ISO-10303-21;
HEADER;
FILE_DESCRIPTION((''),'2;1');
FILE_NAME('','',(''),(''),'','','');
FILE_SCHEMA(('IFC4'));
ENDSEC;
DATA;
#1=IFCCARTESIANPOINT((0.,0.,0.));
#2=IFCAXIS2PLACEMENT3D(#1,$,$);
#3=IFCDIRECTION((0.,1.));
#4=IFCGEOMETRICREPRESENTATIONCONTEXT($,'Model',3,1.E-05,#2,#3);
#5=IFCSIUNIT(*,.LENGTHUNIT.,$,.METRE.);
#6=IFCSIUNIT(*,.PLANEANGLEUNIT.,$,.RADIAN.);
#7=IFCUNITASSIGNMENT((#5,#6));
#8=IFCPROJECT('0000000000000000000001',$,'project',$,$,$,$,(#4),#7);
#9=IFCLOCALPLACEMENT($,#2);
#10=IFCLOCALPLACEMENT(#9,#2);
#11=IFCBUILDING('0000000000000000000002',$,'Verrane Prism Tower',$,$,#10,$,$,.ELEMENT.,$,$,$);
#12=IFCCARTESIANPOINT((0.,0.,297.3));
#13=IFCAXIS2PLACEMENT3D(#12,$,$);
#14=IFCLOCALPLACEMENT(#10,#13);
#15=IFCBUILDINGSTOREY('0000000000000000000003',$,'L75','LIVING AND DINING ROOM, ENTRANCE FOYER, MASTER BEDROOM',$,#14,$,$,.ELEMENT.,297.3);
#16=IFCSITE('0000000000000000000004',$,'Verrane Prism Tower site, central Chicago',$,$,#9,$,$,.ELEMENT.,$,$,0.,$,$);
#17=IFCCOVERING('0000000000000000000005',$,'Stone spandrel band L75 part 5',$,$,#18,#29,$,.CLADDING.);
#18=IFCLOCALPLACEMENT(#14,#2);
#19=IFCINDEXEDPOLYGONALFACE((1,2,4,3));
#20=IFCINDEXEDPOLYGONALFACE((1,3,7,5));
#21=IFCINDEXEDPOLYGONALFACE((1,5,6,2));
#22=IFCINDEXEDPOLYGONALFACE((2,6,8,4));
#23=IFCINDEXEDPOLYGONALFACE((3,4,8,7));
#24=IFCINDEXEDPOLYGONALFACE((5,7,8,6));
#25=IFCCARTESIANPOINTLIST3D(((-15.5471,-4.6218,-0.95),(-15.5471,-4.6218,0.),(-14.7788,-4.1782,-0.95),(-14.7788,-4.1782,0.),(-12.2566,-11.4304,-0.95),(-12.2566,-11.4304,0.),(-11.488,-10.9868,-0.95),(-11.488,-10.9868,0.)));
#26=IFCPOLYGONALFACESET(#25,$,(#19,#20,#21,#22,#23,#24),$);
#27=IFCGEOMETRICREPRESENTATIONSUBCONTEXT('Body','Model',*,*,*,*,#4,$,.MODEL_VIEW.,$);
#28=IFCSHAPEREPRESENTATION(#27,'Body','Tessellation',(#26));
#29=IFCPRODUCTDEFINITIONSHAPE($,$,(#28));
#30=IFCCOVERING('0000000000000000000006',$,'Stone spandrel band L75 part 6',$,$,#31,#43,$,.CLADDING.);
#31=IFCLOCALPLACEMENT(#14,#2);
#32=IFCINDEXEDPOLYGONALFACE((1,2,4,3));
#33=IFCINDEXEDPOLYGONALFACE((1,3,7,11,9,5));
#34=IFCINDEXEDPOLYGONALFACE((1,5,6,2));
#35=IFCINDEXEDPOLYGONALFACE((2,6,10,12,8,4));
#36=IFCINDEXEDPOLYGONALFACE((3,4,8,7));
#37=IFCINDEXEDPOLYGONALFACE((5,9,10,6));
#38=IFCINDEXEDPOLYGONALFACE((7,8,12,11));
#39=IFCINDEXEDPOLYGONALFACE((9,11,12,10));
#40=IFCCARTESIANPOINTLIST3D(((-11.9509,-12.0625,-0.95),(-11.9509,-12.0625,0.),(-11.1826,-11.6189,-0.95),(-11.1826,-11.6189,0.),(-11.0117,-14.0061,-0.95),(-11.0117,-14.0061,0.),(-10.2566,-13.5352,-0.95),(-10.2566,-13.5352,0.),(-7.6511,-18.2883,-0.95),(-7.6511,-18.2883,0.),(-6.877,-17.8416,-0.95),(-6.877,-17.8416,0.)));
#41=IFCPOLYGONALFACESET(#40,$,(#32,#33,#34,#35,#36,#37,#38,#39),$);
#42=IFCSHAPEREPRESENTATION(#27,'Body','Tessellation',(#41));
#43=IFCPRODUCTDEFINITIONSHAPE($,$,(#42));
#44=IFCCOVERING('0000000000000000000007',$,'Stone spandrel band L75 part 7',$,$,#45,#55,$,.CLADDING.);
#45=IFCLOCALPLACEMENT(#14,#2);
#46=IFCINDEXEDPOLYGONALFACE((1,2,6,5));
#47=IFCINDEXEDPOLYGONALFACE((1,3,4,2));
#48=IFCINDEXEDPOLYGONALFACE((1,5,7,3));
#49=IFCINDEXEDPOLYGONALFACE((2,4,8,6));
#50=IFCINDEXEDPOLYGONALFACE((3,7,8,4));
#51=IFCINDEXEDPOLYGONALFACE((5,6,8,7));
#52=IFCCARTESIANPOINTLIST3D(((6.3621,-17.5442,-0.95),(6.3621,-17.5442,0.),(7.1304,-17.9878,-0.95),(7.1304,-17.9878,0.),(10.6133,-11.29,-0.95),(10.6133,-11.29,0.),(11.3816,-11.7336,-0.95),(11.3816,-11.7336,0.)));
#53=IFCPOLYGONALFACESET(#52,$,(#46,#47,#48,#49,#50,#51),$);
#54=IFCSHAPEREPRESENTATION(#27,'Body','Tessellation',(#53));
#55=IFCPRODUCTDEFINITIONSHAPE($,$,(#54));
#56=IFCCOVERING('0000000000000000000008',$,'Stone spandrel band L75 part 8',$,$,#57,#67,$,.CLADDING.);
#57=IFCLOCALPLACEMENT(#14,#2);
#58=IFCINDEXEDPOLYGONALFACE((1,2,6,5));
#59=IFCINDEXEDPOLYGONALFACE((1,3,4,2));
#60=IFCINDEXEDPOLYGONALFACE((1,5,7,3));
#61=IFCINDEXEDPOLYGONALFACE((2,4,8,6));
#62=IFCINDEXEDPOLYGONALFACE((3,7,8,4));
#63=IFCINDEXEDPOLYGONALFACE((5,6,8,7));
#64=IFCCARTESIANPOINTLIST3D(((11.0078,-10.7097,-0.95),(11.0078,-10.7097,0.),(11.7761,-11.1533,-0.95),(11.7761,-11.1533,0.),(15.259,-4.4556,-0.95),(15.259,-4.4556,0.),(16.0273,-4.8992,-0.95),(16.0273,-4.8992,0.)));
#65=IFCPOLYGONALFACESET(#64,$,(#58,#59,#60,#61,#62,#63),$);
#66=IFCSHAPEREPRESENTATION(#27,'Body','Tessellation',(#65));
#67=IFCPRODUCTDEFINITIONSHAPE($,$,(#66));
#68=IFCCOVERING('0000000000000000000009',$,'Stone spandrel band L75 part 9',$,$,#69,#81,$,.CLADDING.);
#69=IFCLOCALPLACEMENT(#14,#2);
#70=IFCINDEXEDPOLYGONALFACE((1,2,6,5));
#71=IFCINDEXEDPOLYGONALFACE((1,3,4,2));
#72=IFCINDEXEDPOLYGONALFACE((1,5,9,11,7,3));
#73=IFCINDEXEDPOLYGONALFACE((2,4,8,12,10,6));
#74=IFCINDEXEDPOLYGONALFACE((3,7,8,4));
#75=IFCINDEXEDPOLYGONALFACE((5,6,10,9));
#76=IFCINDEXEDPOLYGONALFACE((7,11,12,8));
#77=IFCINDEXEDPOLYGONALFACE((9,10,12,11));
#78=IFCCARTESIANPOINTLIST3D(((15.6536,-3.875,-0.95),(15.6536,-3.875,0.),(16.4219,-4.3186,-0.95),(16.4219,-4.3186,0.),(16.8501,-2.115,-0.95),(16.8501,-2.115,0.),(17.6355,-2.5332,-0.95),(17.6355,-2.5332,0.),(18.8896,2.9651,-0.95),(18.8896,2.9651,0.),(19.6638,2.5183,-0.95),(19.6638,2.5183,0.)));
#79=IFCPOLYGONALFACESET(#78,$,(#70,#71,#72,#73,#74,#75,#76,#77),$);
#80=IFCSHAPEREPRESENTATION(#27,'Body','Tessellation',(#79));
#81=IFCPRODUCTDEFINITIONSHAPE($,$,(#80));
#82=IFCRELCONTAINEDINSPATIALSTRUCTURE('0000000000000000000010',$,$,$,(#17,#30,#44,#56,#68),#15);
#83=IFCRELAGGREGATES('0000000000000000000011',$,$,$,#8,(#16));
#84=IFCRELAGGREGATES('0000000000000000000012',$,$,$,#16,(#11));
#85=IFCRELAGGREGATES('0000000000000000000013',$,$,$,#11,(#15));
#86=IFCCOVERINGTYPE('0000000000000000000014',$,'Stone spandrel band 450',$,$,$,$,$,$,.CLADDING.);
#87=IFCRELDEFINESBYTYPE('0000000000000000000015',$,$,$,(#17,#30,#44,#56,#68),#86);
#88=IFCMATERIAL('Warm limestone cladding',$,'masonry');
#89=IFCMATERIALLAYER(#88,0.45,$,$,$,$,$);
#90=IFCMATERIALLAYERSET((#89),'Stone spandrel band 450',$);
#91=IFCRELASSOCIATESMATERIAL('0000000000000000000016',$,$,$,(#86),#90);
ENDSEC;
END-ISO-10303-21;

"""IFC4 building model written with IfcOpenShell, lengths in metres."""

from ifc_helpers import new_model, si_unit, direction, frame, origin, place, context, subcontext, project, spatial, polyline, outline, extrude, material, layer, layer_set, type_object, element, save


model = new_model("IFC4")

# Units and contexts
model_context = context("Model", 3, precision=1e-05, world=origin(), true_north=direction((0.0, 1.0)))
body_context = subcontext(model_context, "Body", "Model", "MODEL_VIEW")
ifc_project = project(units=[si_unit("LENGTHUNIT", "METRE"), si_unit("PLANEANGLEUNIT", "RADIAN")], contexts=[model_context])

# Site, building, storey
site_placement = place(None, origin())
site = spatial("IfcSite", under=ifc_project, at=site_placement, Name="Verrane Prism Tower site, central Chicago", CompositionType="ELEMENT", RefElevation=0.0)
building_placement = place(site_placement, origin())
building = spatial("IfcBuilding", under=site, at=building_placement, Name="Verrane Prism Tower", CompositionType="ELEMENT")
storey_placement = place(building_placement, frame((0.0, 0.0, 297.3)))
storey = spatial("IfcBuildingStorey", under=building, at=storey_placement, Name="L75", Description="LIVING AND DINING ROOM, ENTRANCE FOYER, MASTER BEDROOM", CompositionType="ELEMENT", Elevation=297.3)

# Coverings
ifc_material_1 = material(Name="Warm limestone cladding", Category="masonry")
ifc_layer_1 = layer(ifc_material_1, 0.45)
ifc_layer_set_1 = layer_set([ifc_layer_1], Name="Stone spandrel band 450")
covering_type_1 = type_object("IfcCoveringType", Name="Stone spandrel band 450", PredefinedType="CLADDING", material=ifc_layer_set_1)
covering_1_placement = place(storey_placement, frame((0.0, 0.0, -0.95)))
element("IfcCovering", 1, at=covering_1_placement, inside=storey, type_object=covering_type_1, Name="Stone spandrel band L75 part 5", PredefinedType="CLADDING", context=body_context, shape_type="SweptSolid", body=[
    extrude(outline(polyline([(-11.488, -10.9868), (-14.7788, -4.1782), (-15.5471, -4.6218), (-12.2566, -11.4304), (-11.488, -10.9868)])), origin(), (0.0, 0.0, 1.0), 0.95),
])
covering_2_placement = place(storey_placement, frame((0.0, 0.0, -0.95)))
element("IfcCovering", 2, at=covering_2_placement, inside=storey, type_object=covering_type_1, Name="Stone spandrel band L75 part 6", PredefinedType="CLADDING", context=body_context, shape_type="SweptSolid", body=[
    extrude(outline(polyline([(-6.877, -17.8416), (-10.2566, -13.5352), (-11.1826, -11.6189), (-11.9509, -12.0625), (-11.0117, -14.0061), (-7.6511, -18.2883), (-6.877, -17.8416)])), origin(), (0.0, 0.0, 1.0), 0.95),
])
covering_3_placement = place(storey_placement, frame((0.0, 0.0, -0.95)))
element("IfcCovering", 3, at=covering_3_placement, inside=storey, type_object=covering_type_1, Name="Stone spandrel band L75 part 7", PredefinedType="CLADDING", context=body_context, shape_type="SweptSolid", body=[
    extrude(outline(polyline([(10.6133, -11.29), (6.3621, -17.5442), (7.1304, -17.9878), (11.3816, -11.7336), (10.6133, -11.29)])), origin(), (0.0, 0.0, 1.0), 0.95),
])
covering_4_placement = place(storey_placement, frame((0.0, 0.0, -0.95)))
element("IfcCovering", 4, at=covering_4_placement, inside=storey, type_object=covering_type_1, Name="Stone spandrel band L75 part 8", PredefinedType="CLADDING", context=body_context, shape_type="SweptSolid", body=[
    extrude(outline(polyline([(16.0273, -4.8992), (15.259, -4.4556), (11.0078, -10.7097), (11.7761, -11.1533), (16.0273, -4.8992)])), origin(), (0.0, 0.0, 1.0), 0.95),
])
covering_5_placement = place(storey_placement, frame((0.0, 0.0, -0.95)))
element("IfcCovering", 5, at=covering_5_placement, inside=storey, type_object=covering_type_1, Name="Stone spandrel band L75 part 9", PredefinedType="CLADDING", context=body_context, shape_type="SweptSolid", body=[
    extrude(outline(polyline([(19.6638, 2.5183), (18.8896, 2.9651), (16.8501, -2.115), (15.6536, -3.875), (16.4219, -4.3186), (17.6355, -2.5332), (19.6638, 2.5183)])), origin(), (0.0, 0.0, 1.0), 0.95),
])

save(model, "model.ifc")
